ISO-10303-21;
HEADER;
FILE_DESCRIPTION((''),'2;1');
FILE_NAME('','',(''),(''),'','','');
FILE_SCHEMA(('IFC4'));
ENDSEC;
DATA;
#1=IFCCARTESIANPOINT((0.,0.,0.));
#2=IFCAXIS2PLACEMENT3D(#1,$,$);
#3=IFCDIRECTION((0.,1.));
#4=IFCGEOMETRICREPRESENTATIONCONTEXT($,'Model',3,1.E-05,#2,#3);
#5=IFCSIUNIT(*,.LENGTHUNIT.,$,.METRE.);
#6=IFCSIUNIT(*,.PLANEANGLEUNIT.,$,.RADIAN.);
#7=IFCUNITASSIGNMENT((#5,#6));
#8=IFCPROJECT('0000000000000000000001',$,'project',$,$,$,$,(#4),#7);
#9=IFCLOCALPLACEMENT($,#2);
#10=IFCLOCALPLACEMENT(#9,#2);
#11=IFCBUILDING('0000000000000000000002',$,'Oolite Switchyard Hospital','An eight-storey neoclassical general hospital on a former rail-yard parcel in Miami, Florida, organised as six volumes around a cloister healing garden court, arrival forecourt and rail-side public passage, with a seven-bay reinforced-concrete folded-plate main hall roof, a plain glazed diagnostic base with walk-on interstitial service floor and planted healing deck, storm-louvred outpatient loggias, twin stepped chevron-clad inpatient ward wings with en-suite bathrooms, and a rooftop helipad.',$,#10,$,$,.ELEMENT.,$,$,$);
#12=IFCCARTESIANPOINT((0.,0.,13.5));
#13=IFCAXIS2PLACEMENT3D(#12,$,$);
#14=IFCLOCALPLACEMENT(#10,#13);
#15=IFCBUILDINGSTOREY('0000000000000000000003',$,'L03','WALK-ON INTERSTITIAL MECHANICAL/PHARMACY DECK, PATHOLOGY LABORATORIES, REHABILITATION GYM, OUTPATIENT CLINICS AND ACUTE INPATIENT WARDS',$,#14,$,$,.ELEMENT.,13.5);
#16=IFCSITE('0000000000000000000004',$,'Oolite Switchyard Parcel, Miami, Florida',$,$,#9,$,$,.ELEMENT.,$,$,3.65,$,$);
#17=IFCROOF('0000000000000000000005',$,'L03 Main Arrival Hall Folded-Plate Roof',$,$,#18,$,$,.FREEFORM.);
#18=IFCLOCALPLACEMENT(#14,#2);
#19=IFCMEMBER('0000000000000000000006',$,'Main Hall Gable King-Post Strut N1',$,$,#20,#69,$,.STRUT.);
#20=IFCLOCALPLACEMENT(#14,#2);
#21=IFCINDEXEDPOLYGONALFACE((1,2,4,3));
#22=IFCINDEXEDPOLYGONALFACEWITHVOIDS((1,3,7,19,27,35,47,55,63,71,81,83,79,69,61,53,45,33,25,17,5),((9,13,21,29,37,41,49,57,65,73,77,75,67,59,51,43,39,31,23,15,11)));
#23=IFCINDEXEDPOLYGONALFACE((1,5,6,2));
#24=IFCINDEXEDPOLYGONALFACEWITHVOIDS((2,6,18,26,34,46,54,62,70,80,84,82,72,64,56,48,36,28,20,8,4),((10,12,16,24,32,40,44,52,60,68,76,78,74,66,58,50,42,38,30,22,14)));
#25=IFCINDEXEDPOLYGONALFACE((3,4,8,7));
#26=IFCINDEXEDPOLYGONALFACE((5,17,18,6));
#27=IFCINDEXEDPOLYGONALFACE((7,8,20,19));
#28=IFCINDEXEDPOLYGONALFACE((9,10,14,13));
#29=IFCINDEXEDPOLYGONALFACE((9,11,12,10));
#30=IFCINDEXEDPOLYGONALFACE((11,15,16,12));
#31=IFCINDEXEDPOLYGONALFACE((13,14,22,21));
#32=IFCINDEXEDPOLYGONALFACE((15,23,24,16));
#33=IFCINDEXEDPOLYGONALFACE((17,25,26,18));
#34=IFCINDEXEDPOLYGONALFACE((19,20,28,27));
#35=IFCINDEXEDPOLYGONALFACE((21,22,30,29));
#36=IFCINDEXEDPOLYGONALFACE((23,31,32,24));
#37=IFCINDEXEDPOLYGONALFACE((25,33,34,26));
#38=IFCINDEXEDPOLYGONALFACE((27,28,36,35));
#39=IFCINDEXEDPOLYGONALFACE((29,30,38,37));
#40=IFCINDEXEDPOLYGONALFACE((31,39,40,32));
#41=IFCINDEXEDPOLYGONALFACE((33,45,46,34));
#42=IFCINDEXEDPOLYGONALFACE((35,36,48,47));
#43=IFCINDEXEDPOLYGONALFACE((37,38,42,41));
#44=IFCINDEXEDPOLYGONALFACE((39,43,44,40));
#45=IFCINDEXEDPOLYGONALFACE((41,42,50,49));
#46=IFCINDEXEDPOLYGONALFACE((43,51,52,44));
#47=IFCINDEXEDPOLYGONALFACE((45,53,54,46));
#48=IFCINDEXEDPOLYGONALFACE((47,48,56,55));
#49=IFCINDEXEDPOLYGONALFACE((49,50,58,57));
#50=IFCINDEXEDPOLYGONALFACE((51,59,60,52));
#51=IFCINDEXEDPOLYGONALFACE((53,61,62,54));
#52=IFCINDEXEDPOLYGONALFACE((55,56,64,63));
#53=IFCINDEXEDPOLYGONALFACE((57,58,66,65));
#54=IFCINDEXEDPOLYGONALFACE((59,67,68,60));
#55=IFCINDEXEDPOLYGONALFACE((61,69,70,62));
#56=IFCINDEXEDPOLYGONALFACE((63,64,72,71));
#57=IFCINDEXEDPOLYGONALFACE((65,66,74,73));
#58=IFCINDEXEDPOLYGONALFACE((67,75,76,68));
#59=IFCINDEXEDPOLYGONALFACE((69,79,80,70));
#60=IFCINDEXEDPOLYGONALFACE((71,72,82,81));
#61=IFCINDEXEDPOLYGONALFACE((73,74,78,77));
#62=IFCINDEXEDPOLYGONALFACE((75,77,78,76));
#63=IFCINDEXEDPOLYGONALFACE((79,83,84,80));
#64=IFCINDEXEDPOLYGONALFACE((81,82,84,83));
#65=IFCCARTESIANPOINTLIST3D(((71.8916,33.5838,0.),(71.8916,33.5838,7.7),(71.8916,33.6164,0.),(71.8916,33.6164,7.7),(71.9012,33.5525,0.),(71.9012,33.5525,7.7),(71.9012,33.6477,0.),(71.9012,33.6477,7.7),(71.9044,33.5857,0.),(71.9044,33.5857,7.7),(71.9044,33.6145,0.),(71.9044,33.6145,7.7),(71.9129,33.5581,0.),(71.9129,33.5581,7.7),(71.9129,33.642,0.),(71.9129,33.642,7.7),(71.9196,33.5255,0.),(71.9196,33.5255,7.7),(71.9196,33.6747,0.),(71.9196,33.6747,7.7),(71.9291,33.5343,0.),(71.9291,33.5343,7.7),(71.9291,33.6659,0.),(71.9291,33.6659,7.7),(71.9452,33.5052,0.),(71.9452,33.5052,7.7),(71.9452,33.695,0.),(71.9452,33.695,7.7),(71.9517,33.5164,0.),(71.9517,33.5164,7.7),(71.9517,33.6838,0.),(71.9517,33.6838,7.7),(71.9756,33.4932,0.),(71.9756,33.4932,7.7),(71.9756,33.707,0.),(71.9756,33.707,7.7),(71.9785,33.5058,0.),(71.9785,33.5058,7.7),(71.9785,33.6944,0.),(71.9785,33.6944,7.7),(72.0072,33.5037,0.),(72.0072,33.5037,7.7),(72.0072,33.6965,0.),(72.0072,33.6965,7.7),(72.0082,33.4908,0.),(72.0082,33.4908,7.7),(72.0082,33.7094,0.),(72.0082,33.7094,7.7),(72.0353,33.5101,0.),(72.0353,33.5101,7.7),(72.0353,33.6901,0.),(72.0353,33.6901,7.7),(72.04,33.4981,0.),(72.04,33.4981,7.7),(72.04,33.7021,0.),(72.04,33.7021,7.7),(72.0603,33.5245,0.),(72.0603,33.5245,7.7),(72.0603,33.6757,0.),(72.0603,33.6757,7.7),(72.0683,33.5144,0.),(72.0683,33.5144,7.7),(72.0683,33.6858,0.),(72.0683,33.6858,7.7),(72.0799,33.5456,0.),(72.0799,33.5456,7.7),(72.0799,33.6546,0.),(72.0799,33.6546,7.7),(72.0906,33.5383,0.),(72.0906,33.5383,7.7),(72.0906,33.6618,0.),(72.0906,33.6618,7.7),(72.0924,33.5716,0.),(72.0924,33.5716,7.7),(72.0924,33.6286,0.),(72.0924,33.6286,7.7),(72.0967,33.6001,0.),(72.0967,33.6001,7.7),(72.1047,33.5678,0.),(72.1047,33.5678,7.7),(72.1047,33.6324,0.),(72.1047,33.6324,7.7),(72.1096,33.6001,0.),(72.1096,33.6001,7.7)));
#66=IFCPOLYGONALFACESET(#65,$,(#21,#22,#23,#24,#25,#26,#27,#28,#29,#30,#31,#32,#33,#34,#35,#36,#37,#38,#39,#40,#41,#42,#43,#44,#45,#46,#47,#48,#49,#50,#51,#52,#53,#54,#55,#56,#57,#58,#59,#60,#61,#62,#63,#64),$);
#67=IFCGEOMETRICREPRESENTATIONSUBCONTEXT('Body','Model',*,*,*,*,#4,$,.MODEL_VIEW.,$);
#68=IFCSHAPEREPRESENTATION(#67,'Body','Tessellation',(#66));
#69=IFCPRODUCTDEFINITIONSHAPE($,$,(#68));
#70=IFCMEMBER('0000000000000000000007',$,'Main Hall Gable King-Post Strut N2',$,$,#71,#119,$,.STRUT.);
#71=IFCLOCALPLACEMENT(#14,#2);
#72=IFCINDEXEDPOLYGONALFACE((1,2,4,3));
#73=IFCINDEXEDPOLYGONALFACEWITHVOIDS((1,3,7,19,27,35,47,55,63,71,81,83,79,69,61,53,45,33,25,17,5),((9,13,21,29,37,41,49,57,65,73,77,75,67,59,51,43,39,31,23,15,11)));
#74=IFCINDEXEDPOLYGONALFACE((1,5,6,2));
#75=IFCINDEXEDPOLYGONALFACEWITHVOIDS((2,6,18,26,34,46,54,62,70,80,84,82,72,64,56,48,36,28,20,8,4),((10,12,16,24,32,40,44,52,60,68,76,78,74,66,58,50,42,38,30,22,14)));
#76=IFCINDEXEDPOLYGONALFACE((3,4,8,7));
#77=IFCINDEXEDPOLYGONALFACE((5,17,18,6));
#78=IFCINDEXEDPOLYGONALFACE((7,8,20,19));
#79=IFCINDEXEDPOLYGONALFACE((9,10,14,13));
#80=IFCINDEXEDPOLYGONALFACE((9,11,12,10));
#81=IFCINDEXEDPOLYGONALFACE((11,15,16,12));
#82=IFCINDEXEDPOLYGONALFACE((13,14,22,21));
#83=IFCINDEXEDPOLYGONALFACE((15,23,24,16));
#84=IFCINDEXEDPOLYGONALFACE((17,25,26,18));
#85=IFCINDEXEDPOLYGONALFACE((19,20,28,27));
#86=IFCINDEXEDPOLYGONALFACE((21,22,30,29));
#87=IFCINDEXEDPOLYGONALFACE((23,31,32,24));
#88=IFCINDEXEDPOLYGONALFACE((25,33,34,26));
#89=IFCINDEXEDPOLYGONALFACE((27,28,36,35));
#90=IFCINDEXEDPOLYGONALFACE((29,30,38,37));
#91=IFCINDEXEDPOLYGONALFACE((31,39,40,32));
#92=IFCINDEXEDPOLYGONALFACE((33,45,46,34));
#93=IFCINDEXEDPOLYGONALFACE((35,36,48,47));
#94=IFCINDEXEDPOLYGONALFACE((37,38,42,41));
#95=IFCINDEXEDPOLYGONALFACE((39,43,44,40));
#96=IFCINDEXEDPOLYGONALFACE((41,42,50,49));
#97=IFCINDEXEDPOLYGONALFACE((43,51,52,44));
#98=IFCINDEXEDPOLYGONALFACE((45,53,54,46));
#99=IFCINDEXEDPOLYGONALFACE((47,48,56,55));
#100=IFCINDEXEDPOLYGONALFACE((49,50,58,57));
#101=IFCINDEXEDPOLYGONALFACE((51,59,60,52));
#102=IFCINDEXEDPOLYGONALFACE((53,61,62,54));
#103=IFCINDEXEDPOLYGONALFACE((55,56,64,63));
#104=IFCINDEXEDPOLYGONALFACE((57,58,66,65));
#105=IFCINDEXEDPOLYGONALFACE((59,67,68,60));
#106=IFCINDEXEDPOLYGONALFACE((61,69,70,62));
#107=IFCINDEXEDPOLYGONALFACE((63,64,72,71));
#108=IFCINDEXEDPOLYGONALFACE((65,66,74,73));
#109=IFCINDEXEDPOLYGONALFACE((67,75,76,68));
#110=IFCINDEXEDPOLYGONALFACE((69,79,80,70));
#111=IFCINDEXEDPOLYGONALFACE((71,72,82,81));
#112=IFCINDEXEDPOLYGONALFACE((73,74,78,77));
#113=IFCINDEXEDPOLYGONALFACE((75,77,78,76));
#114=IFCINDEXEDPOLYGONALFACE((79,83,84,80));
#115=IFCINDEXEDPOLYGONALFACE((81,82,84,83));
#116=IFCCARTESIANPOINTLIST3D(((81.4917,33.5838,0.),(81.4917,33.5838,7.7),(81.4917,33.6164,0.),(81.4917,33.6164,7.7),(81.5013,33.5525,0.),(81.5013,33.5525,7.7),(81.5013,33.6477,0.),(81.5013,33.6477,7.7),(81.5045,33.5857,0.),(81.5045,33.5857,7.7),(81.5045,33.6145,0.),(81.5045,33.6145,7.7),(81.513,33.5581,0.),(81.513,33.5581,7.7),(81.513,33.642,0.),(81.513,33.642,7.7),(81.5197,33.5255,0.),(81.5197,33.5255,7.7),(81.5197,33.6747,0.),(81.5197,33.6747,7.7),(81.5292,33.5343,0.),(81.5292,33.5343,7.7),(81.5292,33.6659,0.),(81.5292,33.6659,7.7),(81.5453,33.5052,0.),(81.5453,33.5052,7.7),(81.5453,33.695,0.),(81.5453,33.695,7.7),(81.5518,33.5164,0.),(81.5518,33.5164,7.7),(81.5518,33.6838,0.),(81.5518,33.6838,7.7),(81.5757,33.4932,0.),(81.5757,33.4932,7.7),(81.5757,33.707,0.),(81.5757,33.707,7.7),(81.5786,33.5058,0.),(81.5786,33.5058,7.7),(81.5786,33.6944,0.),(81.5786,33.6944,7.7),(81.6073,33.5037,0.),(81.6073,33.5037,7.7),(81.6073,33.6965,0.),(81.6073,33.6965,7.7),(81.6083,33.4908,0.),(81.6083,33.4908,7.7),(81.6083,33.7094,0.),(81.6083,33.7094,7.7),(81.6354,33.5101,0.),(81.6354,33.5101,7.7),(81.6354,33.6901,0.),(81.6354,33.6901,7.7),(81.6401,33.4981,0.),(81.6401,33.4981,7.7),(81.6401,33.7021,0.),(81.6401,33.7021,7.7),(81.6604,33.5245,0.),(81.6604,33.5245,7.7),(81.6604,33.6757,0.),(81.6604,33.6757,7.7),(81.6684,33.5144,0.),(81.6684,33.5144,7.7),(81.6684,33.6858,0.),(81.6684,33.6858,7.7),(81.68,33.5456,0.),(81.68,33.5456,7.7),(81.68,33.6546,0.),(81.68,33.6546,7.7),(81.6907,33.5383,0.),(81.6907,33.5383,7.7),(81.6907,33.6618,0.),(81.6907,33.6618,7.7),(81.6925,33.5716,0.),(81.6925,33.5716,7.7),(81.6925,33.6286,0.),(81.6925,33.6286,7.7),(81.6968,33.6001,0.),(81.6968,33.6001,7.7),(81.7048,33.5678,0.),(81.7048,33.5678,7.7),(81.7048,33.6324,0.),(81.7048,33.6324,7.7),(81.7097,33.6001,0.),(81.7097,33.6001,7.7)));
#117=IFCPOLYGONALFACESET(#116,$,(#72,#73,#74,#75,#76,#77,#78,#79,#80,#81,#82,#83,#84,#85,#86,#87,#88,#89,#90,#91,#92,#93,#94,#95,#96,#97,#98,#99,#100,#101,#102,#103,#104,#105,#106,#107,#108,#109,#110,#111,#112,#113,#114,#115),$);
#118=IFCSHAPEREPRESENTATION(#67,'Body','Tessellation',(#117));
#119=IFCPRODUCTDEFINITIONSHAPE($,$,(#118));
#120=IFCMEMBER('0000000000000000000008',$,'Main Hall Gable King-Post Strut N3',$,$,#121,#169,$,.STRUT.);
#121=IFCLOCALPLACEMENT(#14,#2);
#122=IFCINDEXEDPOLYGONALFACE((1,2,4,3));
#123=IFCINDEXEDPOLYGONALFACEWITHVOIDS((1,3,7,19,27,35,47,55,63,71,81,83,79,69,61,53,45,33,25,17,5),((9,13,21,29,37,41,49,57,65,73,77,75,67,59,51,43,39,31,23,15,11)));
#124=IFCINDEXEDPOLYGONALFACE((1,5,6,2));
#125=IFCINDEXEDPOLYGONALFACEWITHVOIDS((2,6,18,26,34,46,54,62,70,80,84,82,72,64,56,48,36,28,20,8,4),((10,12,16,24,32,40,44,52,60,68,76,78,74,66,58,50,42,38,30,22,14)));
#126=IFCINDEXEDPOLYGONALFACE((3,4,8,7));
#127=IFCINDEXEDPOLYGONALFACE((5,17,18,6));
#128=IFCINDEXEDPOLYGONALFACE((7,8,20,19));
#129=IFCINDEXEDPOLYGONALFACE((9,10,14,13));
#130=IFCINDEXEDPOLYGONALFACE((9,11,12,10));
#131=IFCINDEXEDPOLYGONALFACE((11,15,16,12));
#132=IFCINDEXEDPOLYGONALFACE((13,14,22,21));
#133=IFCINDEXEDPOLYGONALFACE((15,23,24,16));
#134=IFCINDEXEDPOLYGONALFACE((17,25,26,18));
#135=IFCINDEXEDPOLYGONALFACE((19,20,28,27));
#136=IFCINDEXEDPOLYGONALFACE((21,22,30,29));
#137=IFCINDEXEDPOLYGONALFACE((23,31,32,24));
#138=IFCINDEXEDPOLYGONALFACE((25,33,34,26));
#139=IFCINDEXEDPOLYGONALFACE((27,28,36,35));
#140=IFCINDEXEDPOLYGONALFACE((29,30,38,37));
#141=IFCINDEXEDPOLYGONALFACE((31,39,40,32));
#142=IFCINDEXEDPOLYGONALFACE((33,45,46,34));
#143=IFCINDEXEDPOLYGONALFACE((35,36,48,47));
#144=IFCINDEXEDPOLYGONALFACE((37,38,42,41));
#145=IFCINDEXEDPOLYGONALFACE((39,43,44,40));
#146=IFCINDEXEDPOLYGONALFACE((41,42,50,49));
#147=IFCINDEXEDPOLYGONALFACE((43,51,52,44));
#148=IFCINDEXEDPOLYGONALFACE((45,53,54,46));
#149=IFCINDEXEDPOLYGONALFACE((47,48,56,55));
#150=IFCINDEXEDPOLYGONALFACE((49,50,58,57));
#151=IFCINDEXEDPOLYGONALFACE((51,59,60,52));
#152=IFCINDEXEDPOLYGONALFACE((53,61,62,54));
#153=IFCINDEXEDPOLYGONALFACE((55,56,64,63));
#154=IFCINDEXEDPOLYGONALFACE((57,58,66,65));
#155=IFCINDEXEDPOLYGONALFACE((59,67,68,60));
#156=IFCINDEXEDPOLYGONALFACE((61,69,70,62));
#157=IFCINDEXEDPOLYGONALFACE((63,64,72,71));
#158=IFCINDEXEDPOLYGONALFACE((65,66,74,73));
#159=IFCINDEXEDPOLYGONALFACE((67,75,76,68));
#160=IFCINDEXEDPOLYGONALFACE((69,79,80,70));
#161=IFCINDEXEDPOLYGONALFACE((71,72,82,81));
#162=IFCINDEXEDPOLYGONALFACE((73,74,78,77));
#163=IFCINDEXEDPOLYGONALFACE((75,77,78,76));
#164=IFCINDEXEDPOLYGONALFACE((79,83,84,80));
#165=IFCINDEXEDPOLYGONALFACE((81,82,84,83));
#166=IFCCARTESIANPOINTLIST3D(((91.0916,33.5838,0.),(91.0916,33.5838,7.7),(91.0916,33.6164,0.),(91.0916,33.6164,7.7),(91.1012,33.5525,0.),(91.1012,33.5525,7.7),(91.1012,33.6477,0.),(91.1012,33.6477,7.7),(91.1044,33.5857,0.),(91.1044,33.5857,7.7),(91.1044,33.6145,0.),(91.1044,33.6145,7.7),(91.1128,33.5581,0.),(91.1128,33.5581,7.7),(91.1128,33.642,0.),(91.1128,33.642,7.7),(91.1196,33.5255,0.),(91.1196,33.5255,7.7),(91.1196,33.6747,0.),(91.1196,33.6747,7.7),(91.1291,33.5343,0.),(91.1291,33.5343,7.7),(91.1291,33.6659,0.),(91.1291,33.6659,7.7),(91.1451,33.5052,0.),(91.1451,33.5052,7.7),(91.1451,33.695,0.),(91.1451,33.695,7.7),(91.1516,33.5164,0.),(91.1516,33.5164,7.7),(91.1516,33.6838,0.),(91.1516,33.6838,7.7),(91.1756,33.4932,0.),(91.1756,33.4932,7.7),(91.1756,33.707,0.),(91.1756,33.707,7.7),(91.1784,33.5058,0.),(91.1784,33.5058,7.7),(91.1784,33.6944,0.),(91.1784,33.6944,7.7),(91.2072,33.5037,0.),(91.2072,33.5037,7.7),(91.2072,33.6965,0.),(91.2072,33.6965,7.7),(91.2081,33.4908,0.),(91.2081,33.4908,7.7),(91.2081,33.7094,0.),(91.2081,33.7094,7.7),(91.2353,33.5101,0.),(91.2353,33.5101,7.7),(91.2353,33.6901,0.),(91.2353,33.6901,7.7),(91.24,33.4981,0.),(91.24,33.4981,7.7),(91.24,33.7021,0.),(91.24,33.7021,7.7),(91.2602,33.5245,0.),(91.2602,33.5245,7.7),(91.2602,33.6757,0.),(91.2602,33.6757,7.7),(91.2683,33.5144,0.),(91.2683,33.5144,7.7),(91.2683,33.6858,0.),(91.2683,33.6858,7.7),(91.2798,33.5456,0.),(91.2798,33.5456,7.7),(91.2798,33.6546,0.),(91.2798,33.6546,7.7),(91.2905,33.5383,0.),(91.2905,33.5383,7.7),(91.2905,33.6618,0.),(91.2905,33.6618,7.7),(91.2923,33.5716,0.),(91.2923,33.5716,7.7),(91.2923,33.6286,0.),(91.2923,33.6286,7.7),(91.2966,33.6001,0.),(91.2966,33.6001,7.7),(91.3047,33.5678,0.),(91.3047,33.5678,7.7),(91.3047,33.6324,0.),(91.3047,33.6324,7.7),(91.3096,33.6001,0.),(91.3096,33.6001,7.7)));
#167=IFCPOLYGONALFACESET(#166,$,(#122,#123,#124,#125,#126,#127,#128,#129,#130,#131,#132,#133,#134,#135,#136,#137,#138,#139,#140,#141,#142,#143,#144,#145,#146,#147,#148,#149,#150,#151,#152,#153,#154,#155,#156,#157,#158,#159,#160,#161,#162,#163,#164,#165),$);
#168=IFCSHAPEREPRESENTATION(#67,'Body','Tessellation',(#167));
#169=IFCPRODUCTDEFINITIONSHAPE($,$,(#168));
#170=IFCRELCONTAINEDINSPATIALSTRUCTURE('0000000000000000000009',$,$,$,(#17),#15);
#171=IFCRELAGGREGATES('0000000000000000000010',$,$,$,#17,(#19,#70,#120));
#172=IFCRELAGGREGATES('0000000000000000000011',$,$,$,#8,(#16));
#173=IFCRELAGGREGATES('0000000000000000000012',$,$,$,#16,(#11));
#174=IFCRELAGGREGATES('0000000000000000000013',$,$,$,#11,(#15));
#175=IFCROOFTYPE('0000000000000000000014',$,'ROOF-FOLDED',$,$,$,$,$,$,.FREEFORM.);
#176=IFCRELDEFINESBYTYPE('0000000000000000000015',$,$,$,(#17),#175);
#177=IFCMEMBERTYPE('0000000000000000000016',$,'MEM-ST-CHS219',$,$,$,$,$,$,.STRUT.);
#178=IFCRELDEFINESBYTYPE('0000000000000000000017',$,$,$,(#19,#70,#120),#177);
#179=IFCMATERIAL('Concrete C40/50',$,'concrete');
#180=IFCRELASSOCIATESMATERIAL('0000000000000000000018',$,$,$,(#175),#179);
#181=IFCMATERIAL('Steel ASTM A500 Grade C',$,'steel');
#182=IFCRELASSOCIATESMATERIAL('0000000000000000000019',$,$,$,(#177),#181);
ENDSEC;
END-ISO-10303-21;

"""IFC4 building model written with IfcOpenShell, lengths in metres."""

from ifc_helpers import new_model, si_unit, direction, frame, origin, origin_2d, place, context, subcontext, project, spatial, hollow_circle, extrude, material, material_profile, profile_set, type_object, element, aggregate, save


model = new_model("IFC4")

# Units and contexts
model_context = context("Model", 3, precision=1e-05, world=origin(), true_north=direction((0.0, 1.0)))
body_context = subcontext(model_context, "Body", "Model", "MODEL_VIEW")
ifc_project = project(units=[si_unit("LENGTHUNIT", "METRE"), si_unit("PLANEANGLEUNIT", "RADIAN")], contexts=[model_context])

# Site, building, storey
site_placement = place(None, origin())
site = spatial("IfcSite", under=ifc_project, at=site_placement, Name="Oolite Switchyard Parcel, Miami, Florida", CompositionType="ELEMENT", RefElevation=3.65)
building_placement = place(site_placement, origin())
building = spatial("IfcBuilding", under=site, at=building_placement, Name="Oolite Switchyard Hospital", Description="An eight-storey neoclassical general hospital on a former rail-yard parcel in Miami, Florida, organised as six volumes around a cloister healing garden court, arrival forecourt and rail-side public passage, with a seven-bay reinforced-concrete folded-plate main hall roof, a plain glazed diagnostic base with walk-on interstitial service floor and planted healing deck, storm-louvred outpatient loggias, twin stepped chevron-clad inpatient ward wings with en-suite bathrooms, and a rooftop helipad.", CompositionType="ELEMENT")
storey_placement = place(building_placement, frame((0.0, 0.0, 13.5)))
storey = spatial("IfcBuildingStorey", under=building, at=storey_placement, Name="L03", Description="WALK-ON INTERSTITIAL MECHANICAL/PHARMACY DECK, PATHOLOGY LABORATORIES, REHABILITATION GYM, OUTPATIENT CLINICS AND ACUTE INPATIENT WARDS", CompositionType="ELEMENT", Elevation=13.5)

# Roof
ifc_material_1 = material(Name="Concrete C40/50", Category="concrete")
roof_type = type_object("IfcRoofType", Name="ROOF-FOLDED", PredefinedType="FREEFORM", material=ifc_material_1)
roof_placement = place(storey_placement, origin())
roof = element("IfcRoof", 1, at=roof_placement, inside=storey, type_object=roof_type, Name="L03 Main Arrival Hall Folded-Plate Roof", PredefinedType="FREEFORM")

# Members
ifc_material_2 = material(Name="Steel ASTM A500 Grade C", Category="steel")
ifc_material_profile_1 = material_profile(ifc_material_2, hollow_circle(Radius=0.1096, WallThickness=0.0129, at=origin_2d()), Name="HSS219X13")
ifc_profile_set_1 = profile_set([ifc_material_profile_1], Name="Steel ASTM A500 Grade C")
member_type = type_object("IfcMemberType", Name="MEM-ST-CHS219", PredefinedType="STRUT", material=ifc_profile_set_1)
member_1_placement = place(storey_placement, frame((72.0, 33.6001, 0.0), z_axis=(0.0, 0.0, 1.0), x_axis=(1.0, 0.0, 0.0)))
member_1 = element("IfcMember", 2, at=member_1_placement, type_object=member_type, Name="Main Hall Gable King-Post Strut N1", PredefinedType="STRUT", context=body_context, shape_type="SweptSolid", body=[
    extrude(hollow_circle(Radius=0.1096, WallThickness=0.0129, at=origin_2d()), origin(), (0.0, 0.0, 1.0), 7.7),
])
member_2_placement = place(storey_placement, frame((81.6001, 33.6001, 0.0), z_axis=(0.0, 0.0, 1.0), x_axis=(1.0, 0.0, 0.0)))
member_2 = element("IfcMember", 3, at=member_2_placement, type_object=member_type, Name="Main Hall Gable King-Post Strut N2", PredefinedType="STRUT", context=body_context, shape_type="SweptSolid", body=[
    extrude(hollow_circle(Radius=0.1096, WallThickness=0.0129, at=origin_2d()), origin(), (0.0, 0.0, 1.0), 7.7),
])
member_3_placement = place(storey_placement, frame((91.2, 33.6001, 0.0), z_axis=(0.0, 0.0, 1.0), x_axis=(1.0, 0.0, 0.0)))
member_3 = element("IfcMember", 4, at=member_3_placement, type_object=member_type, Name="Main Hall Gable King-Post Strut N3", PredefinedType="STRUT", context=body_context, shape_type="SweptSolid", body=[
    extrude(hollow_circle(Radius=0.1096, WallThickness=0.0129, at=origin_2d()), origin(), (0.0, 0.0, 1.0), 7.7),
])
aggregate(roof, [member_1, member_2, member_3])

save(model, "model.ifc")
